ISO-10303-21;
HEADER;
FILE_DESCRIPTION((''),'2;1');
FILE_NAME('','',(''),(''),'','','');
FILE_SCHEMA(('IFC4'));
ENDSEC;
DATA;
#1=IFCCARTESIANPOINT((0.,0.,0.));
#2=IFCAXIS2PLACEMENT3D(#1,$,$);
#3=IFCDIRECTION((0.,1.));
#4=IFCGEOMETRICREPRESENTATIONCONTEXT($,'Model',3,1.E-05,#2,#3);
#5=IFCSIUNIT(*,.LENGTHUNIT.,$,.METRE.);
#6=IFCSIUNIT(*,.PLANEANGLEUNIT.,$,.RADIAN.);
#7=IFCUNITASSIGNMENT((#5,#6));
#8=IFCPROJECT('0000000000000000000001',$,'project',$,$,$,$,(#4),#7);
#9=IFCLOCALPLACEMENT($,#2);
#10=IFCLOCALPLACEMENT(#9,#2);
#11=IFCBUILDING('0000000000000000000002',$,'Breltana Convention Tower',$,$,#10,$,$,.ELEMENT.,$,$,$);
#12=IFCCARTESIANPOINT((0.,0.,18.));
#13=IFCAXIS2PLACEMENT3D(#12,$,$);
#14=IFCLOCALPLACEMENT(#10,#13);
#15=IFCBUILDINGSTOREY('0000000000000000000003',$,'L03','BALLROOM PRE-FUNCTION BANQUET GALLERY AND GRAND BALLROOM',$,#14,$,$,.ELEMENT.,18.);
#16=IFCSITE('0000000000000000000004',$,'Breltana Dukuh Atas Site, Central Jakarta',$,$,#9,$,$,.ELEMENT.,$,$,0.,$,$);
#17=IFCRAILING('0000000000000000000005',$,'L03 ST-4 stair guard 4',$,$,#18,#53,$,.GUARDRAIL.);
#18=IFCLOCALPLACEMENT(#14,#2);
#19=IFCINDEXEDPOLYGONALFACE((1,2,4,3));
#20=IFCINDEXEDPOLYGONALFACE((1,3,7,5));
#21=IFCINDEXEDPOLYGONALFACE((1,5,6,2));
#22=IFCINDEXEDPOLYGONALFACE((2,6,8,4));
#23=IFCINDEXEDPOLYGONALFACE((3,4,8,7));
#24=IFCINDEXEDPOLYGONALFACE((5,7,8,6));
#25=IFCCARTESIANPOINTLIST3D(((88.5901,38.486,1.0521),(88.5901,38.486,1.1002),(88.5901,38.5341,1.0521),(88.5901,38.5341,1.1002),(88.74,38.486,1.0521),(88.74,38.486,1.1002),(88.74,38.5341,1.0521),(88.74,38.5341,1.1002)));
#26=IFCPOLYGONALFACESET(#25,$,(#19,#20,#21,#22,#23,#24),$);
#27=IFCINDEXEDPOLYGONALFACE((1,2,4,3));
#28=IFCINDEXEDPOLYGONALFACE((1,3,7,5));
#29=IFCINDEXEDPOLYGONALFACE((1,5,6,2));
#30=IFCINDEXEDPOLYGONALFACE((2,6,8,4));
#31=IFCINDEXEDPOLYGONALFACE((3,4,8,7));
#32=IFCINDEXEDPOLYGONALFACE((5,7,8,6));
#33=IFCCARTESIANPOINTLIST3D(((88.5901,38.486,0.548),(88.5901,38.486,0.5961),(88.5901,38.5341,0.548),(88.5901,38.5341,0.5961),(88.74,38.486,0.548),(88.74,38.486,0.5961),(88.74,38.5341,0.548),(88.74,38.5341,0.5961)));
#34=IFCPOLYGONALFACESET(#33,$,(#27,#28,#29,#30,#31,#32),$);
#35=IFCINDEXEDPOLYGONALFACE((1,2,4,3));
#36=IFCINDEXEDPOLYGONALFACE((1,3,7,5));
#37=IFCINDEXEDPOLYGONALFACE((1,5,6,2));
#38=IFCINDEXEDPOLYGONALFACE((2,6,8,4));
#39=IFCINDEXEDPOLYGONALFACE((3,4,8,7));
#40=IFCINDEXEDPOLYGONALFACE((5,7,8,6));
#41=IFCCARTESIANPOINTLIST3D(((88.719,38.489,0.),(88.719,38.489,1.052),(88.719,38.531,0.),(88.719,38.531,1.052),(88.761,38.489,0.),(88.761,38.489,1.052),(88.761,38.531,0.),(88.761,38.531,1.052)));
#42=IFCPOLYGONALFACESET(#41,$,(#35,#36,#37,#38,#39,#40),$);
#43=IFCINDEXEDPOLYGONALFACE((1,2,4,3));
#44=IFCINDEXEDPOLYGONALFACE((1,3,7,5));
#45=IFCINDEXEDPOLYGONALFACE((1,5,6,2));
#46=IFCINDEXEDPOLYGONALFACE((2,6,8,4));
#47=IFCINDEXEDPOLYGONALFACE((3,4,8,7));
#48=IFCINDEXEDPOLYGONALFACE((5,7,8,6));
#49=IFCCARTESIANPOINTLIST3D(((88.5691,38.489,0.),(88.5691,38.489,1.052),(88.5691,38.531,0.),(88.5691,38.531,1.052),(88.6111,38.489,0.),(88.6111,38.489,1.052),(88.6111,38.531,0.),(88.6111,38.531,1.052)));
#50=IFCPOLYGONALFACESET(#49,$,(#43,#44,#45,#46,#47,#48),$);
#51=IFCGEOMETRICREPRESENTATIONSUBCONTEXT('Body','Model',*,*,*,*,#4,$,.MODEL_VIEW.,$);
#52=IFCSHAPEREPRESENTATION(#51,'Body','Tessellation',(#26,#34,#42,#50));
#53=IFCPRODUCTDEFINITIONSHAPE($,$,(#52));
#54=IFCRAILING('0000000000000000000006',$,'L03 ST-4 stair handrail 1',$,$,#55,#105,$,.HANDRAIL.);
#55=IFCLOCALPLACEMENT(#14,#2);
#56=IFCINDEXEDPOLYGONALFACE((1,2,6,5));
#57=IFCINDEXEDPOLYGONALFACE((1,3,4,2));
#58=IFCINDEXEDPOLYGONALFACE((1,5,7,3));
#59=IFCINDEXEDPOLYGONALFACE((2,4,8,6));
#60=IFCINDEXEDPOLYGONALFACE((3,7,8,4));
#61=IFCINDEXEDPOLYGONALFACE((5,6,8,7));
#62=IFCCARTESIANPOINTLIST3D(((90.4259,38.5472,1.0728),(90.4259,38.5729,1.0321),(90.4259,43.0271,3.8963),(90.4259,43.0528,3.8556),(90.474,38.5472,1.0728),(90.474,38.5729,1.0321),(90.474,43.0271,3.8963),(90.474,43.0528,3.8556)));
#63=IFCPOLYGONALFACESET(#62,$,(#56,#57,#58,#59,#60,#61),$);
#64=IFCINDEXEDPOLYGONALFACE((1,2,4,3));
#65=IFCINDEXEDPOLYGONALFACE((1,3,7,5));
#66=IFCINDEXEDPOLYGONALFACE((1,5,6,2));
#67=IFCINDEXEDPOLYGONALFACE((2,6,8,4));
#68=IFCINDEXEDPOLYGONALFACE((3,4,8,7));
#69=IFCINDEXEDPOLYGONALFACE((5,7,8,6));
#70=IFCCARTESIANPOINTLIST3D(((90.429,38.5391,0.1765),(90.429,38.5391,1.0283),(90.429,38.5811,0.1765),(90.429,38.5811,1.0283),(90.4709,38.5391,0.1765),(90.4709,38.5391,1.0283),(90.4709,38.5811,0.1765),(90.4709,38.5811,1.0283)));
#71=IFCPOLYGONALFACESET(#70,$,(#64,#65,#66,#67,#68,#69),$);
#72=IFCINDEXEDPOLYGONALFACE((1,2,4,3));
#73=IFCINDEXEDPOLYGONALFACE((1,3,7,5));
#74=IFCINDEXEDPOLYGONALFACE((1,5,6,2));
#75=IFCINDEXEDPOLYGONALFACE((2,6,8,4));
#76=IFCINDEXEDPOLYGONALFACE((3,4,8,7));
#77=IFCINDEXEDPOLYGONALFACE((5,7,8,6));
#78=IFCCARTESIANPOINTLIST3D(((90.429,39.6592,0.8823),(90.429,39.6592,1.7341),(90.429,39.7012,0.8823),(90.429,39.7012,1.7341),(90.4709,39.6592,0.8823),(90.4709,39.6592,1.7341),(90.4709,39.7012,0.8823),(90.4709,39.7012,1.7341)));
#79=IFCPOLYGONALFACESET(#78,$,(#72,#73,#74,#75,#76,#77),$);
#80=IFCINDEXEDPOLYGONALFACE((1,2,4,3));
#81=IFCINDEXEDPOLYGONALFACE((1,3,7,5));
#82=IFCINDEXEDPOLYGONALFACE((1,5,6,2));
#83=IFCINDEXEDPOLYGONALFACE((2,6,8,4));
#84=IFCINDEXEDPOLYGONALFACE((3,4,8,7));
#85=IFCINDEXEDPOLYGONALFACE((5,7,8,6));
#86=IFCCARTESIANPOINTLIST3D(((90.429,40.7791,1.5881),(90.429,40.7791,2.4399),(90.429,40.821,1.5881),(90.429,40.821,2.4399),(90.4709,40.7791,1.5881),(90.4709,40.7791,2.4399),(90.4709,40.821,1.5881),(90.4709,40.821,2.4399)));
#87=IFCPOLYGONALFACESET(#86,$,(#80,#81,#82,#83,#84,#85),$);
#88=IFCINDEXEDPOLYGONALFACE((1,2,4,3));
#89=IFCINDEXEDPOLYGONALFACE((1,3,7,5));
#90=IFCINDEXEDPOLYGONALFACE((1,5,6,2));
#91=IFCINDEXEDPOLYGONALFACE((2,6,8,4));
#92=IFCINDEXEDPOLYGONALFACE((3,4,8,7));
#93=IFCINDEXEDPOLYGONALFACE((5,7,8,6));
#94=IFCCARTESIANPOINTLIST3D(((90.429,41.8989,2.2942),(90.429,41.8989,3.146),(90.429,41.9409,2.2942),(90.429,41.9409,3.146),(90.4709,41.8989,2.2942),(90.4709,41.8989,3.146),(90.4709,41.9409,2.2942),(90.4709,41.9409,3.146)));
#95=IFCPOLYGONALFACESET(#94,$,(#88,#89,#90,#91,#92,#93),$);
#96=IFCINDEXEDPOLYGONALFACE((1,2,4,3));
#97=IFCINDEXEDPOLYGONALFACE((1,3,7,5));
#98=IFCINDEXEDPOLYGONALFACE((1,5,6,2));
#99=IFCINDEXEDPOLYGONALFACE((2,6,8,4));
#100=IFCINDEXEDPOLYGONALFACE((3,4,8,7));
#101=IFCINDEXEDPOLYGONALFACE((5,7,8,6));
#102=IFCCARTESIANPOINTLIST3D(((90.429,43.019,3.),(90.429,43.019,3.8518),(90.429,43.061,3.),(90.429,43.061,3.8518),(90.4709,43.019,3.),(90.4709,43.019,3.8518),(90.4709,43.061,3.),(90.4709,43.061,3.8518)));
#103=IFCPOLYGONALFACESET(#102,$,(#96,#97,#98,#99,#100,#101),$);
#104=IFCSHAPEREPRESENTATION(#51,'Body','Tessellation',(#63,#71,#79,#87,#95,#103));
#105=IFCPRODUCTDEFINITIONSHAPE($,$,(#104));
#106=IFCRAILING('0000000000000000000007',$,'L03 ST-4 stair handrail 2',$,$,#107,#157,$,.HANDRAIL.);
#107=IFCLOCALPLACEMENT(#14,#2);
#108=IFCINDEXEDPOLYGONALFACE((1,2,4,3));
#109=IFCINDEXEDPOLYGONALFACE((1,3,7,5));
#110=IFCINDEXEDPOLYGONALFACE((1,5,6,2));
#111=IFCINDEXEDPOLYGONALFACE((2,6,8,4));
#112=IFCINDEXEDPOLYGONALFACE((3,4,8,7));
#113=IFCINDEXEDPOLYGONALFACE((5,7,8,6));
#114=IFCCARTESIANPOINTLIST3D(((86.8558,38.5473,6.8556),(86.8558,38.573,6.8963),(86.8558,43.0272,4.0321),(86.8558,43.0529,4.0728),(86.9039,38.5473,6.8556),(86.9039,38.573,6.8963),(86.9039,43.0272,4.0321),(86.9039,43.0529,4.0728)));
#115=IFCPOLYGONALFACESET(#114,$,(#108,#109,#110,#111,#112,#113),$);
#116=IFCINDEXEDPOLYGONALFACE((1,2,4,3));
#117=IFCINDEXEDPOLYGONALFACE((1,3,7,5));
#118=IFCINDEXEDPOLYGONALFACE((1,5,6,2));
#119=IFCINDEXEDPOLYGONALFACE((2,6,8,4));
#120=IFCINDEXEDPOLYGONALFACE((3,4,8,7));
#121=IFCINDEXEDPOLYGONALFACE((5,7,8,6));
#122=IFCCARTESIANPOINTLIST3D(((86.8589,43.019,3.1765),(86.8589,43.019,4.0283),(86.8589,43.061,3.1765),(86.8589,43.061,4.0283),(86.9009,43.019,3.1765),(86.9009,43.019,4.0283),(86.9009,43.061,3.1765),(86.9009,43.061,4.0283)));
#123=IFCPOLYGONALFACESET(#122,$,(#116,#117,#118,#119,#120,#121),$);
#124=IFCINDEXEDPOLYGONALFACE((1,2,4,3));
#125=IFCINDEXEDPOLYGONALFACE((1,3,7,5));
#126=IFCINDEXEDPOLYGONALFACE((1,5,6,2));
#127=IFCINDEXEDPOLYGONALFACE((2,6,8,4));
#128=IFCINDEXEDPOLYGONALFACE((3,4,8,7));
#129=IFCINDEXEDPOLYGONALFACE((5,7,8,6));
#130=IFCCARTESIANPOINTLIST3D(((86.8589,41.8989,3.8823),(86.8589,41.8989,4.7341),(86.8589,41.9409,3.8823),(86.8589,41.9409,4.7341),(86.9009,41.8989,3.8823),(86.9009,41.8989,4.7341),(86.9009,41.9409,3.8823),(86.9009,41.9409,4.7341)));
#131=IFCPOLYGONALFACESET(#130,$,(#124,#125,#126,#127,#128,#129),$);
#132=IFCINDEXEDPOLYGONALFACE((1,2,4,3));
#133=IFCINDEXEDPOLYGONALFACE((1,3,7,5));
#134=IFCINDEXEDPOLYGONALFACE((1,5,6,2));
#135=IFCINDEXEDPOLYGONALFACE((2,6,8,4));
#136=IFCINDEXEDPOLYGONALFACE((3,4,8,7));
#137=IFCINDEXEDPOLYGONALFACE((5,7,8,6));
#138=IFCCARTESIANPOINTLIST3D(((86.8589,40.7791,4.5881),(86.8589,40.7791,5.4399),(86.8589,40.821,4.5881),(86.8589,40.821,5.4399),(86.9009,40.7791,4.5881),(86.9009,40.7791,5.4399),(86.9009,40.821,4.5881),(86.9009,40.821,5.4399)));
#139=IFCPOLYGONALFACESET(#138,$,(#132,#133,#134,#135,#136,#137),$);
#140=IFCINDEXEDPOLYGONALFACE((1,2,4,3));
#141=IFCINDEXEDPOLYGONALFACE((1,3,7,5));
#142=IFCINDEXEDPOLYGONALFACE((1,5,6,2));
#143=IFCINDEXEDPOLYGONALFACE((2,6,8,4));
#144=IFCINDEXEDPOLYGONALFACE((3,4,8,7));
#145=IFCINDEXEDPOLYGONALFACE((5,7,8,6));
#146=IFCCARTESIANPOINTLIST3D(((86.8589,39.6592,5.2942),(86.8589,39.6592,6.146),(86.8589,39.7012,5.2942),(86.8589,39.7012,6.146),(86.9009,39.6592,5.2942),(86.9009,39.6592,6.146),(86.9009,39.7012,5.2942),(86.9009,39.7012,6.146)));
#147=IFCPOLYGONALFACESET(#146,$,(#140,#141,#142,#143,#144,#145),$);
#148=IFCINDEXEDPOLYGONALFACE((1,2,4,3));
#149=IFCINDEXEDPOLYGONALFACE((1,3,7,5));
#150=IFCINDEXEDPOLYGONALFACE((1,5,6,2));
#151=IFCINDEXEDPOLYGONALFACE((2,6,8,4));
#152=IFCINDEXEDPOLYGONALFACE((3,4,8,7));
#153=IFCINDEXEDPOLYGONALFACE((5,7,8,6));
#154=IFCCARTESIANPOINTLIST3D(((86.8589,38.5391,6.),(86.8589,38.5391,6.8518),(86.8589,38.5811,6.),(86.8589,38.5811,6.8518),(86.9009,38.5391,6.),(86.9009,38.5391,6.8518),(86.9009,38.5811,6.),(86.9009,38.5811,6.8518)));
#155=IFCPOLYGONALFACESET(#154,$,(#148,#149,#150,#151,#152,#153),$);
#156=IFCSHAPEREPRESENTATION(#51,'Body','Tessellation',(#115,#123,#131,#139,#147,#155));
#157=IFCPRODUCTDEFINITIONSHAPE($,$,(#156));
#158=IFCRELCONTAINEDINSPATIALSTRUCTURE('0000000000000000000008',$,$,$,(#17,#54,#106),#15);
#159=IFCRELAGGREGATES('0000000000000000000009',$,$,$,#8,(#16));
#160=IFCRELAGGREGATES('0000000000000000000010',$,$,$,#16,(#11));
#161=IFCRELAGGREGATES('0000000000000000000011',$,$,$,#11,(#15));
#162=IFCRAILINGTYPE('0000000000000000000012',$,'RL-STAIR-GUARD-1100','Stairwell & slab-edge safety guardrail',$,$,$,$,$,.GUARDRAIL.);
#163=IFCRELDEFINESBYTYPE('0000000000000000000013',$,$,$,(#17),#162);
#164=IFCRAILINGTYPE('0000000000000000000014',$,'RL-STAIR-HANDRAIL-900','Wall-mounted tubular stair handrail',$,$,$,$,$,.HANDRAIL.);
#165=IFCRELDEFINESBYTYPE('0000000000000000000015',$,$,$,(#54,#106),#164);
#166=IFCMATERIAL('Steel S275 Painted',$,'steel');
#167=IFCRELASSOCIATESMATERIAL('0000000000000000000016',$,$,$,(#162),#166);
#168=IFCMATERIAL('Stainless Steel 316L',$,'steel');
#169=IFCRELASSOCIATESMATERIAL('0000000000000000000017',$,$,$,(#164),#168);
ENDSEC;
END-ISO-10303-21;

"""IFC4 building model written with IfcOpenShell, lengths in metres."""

from ifc_helpers import new_model, si_unit, direction, frame, origin, origin_2d, place, context, subcontext, project, spatial, rectangle, extrude, material, type_object, element, save


model = new_model("IFC4")

# Units and contexts
model_context = context("Model", 3, precision=1e-05, world=origin(), true_north=direction((0.0, 1.0)))
body_context = subcontext(model_context, "Body", "Model", "MODEL_VIEW")
ifc_project = project(units=[si_unit("LENGTHUNIT", "METRE"), si_unit("PLANEANGLEUNIT", "RADIAN")], contexts=[model_context])

# Site, building, storey
site_placement = place(None, origin())
site = spatial("IfcSite", under=ifc_project, at=site_placement, Name="Breltana Dukuh Atas Site, Central Jakarta", CompositionType="ELEMENT", RefElevation=0.0)
building_placement = place(site_placement, origin())
building = spatial("IfcBuilding", under=site, at=building_placement, Name="Breltana Convention Tower", CompositionType="ELEMENT")
storey_placement = place(building_placement, frame((0.0, 0.0, 18.0)))
storey = spatial("IfcBuildingStorey", under=building, at=storey_placement, Name="L03", Description="BALLROOM PRE-FUNCTION BANQUET GALLERY AND GRAND BALLROOM", CompositionType="ELEMENT", Elevation=18.0)

# Railings
ifc_material_1 = material(Name="Steel S275 Painted", Category="steel")
railing_type_1 = type_object("IfcRailingType", Name="RL-STAIR-GUARD-1100", Description="Stairwell & slab-edge safety guardrail", PredefinedType="GUARDRAIL", material=ifc_material_1)
railing_1_placement = place(storey_placement, frame((88.74, 38.51, 0.0)))
element("IfcRailing", 1, at=railing_1_placement, inside=storey, type_object=railing_type_1, Name="L03 ST-4 stair guard 4", PredefinedType="GUARDRAIL", context=body_context, shape_type="SweptSolid", body=[
    extrude(rectangle(XDim=0.0481, YDim=0.0481, at=origin_2d()), frame((0.0, 0.0, 1.0762), z_axis=(-1.0, 0.0, 0.0), x_axis=(0.0, -1.0, 0.0)), (0.0, 0.0, 1.0), 0.1499),
    extrude(rectangle(XDim=0.0481, YDim=0.0481, at=origin_2d()), frame((0.0, 0.0, 0.572), z_axis=(-1.0, 0.0, 0.0), x_axis=(0.0, -1.0, 0.0)), (0.0, 0.0, 1.0), 0.1499),
    extrude(rectangle(XDim=0.042, YDim=0.042, at=origin_2d()), origin(), (0.0, 0.0, 1.0), 1.052),
    extrude(rectangle(XDim=0.042, YDim=0.042, at=origin_2d()), frame((-0.1499, 0.0, 0.0)), (0.0, 0.0, 1.0), 1.052),
])
ifc_material_2 = material(Name="Stainless Steel 316L", Category="steel")
railing_type_2 = type_object("IfcRailingType", Name="RL-STAIR-HANDRAIL-900", Description="Wall-mounted tubular stair handrail", PredefinedType="HANDRAIL", material=ifc_material_2)
railing_2_placement = place(storey_placement, frame((90.45, 38.5601, 0.1765)))
element("IfcRailing", 2, at=railing_2_placement, inside=storey, type_object=railing_type_2, Name="L03 ST-4 stair handrail 1", PredefinedType="HANDRAIL", context=body_context, shape_type="SweptSolid", body=[
    extrude(rectangle(XDim=0.0481, YDim=0.0481, at=origin_2d()), frame((0.0, 0.0, 0.876), z_axis=(0.0, 0.845998, 0.533186), x_axis=(-1.0, 0.0, 0.0)), (0.0, 0.0, 1.0), 5.2954),
    extrude(rectangle(XDim=0.042, YDim=0.042, at=origin_2d()), origin(), (0.0, 0.0, 1.0), 0.8518),
    extrude(rectangle(XDim=0.042, YDim=0.042, at=origin_2d()), frame((0.0, 1.1201, 0.7058)), (0.0, 0.0, 1.0), 0.8518),
    extrude(rectangle(XDim=0.042, YDim=0.042, at=origin_2d()), frame((0.0, 2.24, 1.4116)), (0.0, 0.0, 1.0), 0.8518),
    extrude(rectangle(XDim=0.042, YDim=0.042, at=origin_2d()), frame((0.0, 3.3599, 2.1177)), (0.0, 0.0, 1.0), 0.8518),
    extrude(rectangle(XDim=0.042, YDim=0.042, at=origin_2d()), frame((0.0, 4.48, 2.8235)), (0.0, 0.0, 1.0), 0.8518),
])
railing_3_placement = place(storey_placement, frame((86.8799, 43.04, 3.1765)))
element("IfcRailing", 3, at=railing_3_placement, inside=storey, type_object=railing_type_2, Name="L03 ST-4 stair handrail 2", PredefinedType="HANDRAIL", context=body_context, shape_type="SweptSolid", body=[
    extrude(rectangle(XDim=0.0481, YDim=0.0481, at=origin_2d()), frame((0.0, 0.0, 0.876), z_axis=(0.0, -0.845998, 0.533186), x_axis=(1.0, 0.0, 0.0)), (0.0, 0.0, 1.0), 5.2954),
    extrude(rectangle(XDim=0.042, YDim=0.042, at=origin_2d()), origin(), (0.0, 0.0, 1.0), 0.8518),
    extrude(rectangle(XDim=0.042, YDim=0.042, at=origin_2d()), frame((0.0, -1.1201, 0.7058)), (0.0, 0.0, 1.0), 0.8518),
    extrude(rectangle(XDim=0.042, YDim=0.042, at=origin_2d()), frame((0.0, -2.24, 1.4116)), (0.0, 0.0, 1.0), 0.8518),
    extrude(rectangle(XDim=0.042, YDim=0.042, at=origin_2d()), frame((0.0, -3.3599, 2.1177)), (0.0, 0.0, 1.0), 0.8518),
    extrude(rectangle(XDim=0.042, YDim=0.042, at=origin_2d()), frame((0.0, -4.48, 2.8235)), (0.0, 0.0, 1.0), 0.8518),
])

save(model, "model.ifc")
